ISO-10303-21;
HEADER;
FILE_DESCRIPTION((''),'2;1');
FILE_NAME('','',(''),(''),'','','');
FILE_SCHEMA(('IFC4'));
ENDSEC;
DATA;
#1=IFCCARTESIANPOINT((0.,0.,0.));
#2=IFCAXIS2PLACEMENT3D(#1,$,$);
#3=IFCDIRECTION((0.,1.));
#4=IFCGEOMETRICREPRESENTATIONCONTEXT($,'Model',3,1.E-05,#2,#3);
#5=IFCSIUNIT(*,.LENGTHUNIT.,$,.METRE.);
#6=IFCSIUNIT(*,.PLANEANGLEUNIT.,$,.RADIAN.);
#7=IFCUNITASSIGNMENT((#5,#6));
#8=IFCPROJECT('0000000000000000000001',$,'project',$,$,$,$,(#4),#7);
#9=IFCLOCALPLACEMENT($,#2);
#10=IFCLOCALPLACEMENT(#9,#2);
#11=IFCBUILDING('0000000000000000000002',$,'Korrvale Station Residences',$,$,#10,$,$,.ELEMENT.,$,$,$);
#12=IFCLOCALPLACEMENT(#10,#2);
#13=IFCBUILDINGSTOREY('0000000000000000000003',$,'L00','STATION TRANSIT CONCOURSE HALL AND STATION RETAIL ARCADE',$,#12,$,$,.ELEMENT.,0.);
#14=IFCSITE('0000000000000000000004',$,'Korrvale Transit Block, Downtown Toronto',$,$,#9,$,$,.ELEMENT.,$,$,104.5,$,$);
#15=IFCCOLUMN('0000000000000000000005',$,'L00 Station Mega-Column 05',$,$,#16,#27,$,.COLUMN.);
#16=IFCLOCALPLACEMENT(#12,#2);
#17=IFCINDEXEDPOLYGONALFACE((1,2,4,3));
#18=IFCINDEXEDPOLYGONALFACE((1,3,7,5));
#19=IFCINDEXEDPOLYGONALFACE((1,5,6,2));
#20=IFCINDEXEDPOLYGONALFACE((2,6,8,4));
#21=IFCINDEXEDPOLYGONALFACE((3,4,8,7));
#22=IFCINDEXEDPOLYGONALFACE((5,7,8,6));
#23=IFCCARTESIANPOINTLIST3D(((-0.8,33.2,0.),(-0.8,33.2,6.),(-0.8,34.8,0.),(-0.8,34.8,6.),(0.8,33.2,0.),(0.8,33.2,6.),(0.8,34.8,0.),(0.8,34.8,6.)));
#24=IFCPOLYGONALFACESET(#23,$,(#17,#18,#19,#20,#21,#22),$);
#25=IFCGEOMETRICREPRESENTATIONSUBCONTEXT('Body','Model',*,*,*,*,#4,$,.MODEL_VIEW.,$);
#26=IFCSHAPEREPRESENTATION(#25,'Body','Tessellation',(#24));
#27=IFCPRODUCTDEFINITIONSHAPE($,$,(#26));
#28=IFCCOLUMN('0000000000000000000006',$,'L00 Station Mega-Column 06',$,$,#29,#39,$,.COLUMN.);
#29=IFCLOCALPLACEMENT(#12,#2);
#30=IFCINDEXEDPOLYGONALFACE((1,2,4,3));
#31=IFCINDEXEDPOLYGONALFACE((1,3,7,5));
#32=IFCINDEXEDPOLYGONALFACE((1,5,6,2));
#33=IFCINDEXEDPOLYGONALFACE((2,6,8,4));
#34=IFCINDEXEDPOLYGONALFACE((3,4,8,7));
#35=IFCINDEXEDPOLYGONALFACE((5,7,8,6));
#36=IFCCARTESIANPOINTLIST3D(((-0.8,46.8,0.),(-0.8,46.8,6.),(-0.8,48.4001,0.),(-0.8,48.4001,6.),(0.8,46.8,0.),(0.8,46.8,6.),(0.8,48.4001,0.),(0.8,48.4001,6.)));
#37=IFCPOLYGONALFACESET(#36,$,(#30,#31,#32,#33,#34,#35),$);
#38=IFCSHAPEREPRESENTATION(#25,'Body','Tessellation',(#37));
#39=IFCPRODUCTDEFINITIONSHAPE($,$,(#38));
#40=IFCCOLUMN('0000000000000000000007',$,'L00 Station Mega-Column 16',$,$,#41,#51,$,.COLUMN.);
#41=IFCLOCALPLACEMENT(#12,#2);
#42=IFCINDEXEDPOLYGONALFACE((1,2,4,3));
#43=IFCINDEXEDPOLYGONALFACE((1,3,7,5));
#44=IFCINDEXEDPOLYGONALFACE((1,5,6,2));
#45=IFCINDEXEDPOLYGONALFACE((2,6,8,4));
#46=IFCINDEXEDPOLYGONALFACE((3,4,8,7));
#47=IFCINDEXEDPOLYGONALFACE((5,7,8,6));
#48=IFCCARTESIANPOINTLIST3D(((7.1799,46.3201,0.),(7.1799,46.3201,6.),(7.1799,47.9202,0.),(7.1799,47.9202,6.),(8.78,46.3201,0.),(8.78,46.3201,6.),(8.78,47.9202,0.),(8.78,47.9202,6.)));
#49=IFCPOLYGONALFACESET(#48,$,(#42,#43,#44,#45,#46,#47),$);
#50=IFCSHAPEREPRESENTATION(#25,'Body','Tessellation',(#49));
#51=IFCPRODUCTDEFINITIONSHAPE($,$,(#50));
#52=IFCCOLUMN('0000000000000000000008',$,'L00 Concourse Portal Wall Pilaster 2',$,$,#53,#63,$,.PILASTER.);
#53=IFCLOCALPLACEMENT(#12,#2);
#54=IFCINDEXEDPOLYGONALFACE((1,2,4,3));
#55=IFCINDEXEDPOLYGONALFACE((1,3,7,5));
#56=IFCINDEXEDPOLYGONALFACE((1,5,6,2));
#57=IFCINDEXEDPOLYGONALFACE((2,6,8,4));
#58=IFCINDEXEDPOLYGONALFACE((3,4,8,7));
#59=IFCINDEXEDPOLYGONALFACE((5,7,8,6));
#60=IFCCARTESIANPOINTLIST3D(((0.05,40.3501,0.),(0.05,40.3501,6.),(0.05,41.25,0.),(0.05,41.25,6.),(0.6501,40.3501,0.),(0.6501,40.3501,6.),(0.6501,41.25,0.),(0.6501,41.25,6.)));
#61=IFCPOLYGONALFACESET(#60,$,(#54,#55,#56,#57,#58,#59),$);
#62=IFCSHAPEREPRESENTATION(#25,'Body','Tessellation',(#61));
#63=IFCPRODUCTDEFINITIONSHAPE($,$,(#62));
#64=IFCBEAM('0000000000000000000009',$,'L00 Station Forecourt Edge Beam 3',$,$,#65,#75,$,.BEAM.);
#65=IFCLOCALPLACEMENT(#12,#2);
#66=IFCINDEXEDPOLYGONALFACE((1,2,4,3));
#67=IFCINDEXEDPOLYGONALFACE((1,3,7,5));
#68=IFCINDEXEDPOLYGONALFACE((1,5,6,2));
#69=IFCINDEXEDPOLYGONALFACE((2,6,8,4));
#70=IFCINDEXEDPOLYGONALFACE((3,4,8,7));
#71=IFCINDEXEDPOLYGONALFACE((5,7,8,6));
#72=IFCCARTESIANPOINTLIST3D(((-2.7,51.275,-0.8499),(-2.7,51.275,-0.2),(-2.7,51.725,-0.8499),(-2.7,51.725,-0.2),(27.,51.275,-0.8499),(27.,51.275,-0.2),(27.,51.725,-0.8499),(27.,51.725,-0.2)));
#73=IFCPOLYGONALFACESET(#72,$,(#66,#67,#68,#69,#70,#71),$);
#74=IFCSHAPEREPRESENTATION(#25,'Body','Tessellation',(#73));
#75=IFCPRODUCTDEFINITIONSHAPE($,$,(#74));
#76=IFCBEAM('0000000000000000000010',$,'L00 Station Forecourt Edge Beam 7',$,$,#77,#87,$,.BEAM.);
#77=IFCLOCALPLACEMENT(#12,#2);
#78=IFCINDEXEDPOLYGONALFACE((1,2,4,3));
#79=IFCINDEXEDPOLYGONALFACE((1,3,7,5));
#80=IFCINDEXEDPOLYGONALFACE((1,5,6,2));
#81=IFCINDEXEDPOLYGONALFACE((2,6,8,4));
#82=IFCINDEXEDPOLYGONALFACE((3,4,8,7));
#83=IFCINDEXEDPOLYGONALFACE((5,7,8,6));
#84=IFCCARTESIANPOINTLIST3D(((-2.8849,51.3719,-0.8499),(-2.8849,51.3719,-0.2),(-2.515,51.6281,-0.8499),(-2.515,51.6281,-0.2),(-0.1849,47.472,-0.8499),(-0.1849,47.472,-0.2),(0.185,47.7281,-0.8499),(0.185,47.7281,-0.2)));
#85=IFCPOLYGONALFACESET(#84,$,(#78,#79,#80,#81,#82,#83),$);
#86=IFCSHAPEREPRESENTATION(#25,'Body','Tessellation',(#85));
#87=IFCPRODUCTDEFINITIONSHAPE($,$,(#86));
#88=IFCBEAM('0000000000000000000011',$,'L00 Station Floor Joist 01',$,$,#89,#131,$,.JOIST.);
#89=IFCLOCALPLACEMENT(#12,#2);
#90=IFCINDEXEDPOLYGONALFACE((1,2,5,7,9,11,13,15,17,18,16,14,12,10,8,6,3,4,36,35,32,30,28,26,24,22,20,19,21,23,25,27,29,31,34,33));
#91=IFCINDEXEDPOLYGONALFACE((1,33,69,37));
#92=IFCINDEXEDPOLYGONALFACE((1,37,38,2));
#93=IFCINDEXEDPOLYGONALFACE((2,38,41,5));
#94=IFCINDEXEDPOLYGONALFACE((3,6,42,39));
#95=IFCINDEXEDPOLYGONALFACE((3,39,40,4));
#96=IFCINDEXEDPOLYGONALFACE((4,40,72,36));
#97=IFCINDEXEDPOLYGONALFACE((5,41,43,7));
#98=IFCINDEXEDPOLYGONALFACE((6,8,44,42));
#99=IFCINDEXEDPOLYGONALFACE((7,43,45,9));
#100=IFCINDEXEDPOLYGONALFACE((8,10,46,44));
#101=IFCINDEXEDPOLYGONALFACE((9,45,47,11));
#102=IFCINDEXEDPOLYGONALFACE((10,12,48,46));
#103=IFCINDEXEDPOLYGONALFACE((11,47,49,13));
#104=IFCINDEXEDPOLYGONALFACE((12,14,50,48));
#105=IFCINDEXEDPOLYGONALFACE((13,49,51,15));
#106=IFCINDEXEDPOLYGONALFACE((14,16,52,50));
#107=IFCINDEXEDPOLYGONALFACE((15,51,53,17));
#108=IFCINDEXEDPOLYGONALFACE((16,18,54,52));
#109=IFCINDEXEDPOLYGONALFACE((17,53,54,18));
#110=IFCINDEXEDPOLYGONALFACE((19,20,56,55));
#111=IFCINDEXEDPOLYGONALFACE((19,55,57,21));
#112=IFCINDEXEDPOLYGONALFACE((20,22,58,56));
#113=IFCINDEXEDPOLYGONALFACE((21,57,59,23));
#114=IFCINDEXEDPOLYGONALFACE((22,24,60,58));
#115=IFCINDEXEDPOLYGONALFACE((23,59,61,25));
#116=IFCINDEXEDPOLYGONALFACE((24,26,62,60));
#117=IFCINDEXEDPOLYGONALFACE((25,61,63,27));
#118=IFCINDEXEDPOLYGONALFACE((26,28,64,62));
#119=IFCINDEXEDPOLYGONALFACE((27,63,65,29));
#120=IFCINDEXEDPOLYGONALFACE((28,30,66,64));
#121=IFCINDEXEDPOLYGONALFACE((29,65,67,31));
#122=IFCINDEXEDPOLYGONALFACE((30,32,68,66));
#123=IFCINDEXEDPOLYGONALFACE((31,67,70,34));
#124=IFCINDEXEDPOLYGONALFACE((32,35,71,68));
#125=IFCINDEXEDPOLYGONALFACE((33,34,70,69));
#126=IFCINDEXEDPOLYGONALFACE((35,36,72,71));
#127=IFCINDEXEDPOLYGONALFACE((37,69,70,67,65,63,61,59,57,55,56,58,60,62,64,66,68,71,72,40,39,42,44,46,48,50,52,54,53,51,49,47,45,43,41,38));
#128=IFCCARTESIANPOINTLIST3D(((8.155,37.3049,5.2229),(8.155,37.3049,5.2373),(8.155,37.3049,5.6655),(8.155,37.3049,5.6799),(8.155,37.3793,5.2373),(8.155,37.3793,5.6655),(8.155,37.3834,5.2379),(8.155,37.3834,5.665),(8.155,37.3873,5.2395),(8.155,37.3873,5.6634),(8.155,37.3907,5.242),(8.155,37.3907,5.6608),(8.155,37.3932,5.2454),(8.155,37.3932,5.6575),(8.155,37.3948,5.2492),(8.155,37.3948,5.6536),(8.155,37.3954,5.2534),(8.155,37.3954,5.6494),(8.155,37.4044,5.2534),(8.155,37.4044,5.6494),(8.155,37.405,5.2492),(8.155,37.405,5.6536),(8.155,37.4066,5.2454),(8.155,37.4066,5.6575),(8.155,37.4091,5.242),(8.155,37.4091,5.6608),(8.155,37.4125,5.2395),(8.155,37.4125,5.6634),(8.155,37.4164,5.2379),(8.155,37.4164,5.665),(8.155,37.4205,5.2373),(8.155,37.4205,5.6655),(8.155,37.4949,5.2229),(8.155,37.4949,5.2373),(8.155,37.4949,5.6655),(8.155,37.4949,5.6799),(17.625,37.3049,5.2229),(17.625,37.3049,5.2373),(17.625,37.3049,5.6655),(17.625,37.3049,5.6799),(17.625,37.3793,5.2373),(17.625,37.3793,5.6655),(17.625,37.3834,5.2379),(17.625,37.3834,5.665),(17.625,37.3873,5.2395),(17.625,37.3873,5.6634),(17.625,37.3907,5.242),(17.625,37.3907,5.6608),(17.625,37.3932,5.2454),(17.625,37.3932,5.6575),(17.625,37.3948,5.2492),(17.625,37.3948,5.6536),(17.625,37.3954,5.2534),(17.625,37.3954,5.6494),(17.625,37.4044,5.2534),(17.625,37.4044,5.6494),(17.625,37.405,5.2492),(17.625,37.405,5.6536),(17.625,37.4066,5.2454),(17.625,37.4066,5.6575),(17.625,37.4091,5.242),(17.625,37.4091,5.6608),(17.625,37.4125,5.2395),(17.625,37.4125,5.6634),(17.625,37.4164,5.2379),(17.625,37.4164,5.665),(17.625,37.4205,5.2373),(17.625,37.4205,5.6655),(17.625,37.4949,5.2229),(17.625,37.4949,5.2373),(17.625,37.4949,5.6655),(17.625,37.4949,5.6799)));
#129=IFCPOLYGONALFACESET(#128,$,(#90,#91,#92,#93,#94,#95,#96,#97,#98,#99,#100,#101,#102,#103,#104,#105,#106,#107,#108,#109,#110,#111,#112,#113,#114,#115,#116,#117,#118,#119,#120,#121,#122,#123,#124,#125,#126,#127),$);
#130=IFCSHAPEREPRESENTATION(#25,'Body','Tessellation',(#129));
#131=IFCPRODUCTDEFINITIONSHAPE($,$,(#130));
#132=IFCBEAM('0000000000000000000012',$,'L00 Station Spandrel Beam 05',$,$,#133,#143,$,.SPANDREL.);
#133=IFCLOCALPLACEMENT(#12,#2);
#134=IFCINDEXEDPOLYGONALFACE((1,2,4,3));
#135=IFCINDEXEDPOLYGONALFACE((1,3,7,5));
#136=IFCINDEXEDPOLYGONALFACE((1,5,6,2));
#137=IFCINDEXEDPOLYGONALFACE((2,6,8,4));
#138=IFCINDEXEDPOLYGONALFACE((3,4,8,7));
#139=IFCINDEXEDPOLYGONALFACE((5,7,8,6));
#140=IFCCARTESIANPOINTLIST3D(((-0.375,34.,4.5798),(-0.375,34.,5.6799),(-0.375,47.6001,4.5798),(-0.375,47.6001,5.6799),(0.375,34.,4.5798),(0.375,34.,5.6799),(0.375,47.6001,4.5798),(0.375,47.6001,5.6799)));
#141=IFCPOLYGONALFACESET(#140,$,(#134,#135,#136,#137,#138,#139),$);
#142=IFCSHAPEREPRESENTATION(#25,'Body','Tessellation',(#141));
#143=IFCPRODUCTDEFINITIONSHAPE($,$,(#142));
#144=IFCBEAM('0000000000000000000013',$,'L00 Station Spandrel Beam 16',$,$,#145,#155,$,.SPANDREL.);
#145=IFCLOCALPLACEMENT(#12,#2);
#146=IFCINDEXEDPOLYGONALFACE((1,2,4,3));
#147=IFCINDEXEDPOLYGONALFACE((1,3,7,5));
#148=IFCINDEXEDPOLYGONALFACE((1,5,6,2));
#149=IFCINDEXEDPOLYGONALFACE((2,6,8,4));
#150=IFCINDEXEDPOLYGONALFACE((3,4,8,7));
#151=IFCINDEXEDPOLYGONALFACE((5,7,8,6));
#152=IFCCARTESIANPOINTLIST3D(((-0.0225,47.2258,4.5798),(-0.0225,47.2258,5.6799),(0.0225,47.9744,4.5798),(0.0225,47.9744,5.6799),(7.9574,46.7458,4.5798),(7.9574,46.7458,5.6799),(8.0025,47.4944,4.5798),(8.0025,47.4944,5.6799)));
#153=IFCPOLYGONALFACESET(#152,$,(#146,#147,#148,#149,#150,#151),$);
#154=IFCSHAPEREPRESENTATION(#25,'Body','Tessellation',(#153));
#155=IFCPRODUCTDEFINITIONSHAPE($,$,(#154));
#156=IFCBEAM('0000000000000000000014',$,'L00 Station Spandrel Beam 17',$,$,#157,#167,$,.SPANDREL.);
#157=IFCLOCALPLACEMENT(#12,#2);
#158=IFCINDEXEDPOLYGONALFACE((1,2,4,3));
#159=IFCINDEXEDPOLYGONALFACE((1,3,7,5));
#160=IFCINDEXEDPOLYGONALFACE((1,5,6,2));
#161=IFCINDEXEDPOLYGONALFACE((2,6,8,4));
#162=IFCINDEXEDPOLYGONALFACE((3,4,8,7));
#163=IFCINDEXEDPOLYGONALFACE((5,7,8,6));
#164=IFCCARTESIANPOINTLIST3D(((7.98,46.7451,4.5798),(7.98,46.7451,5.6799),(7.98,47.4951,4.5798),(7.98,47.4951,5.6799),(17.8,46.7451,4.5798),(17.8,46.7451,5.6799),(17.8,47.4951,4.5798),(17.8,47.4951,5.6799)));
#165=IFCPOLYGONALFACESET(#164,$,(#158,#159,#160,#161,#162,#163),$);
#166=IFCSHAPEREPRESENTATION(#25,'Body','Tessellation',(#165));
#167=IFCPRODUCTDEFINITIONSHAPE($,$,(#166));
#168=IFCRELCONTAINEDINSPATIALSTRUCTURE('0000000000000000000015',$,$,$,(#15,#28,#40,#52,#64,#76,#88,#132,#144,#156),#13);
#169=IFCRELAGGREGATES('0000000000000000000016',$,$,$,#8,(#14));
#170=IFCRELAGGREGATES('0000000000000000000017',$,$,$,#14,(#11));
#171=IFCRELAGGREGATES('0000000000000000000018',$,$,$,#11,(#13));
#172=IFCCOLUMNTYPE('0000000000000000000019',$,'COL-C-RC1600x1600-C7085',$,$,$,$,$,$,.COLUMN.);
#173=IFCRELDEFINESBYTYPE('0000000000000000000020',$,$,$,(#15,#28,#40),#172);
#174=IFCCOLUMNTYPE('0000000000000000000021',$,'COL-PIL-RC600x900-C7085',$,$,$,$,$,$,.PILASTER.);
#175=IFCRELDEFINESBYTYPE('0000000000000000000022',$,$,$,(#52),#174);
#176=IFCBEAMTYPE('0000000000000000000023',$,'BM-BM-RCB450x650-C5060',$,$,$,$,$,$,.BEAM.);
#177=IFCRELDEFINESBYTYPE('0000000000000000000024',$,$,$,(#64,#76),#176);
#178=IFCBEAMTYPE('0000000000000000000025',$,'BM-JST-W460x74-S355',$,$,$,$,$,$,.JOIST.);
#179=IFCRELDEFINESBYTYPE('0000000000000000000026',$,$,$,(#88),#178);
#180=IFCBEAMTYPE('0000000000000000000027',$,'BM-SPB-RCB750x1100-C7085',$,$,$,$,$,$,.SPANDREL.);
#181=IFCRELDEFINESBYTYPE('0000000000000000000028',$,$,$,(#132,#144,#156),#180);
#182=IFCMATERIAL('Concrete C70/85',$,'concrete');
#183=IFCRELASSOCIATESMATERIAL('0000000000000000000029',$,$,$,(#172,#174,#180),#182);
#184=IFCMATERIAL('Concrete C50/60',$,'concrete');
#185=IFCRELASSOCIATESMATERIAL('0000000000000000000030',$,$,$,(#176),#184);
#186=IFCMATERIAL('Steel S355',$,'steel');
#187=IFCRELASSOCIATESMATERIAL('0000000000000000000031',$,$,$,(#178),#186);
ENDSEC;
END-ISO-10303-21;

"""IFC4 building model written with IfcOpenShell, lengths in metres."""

from ifc_helpers import new_model, si_unit, direction, frame, origin, origin_2d, place, context, subcontext, project, spatial, rectangle, i_section, extrude, material, material_profile, profile_set, type_object, element, save


model = new_model("IFC4")

# Units and contexts
model_context = context("Model", 3, precision=1e-05, world=origin(), true_north=direction((0.0, 1.0)))
body_context = subcontext(model_context, "Body", "Model", "MODEL_VIEW")
ifc_project = project(units=[si_unit("LENGTHUNIT", "METRE"), si_unit("PLANEANGLEUNIT", "RADIAN")], contexts=[model_context])

# Site, building, storey
site_placement = place(None, origin())
site = spatial("IfcSite", under=ifc_project, at=site_placement, Name="Korrvale Transit Block, Downtown Toronto", CompositionType="ELEMENT", RefElevation=104.5)
building_placement = place(site_placement, origin())
building = spatial("IfcBuilding", under=site, at=building_placement, Name="Korrvale Station Residences", CompositionType="ELEMENT")
storey_placement = place(building_placement, origin())
storey = spatial("IfcBuildingStorey", under=building, at=storey_placement, Name="L00", Description="STATION TRANSIT CONCOURSE HALL AND STATION RETAIL ARCADE", CompositionType="ELEMENT", Elevation=0.0)

# Columns
ifc_material_1 = material(Name="Concrete C70/85", Category="concrete")
ifc_material_profile_1 = material_profile(ifc_material_1, rectangle(XDim=1.6001, YDim=1.6001, at=origin_2d()), Name="RC1600x1600")
ifc_profile_set_1 = profile_set([ifc_material_profile_1], Name="Concrete C70/85")
column_type_1 = type_object("IfcColumnType", Name="COL-C-RC1600x1600-C7085", PredefinedType="COLUMN", material=ifc_profile_set_1)
for number, where, z_axis, x_axis, name in (
    (1, (0.0, 34.0, 0.0), (0.0, 0.0, 1.0), (1.0, 0.0, 0.0), "L00 Station Mega-Column 05"),
    (2, (0.0, 47.6001, 0.0), (0.0, 0.0, 1.0), (1.0, 0.0, 0.0), "L00 Station Mega-Column 06"),
    (3, (7.98, 47.1201, 0.0), (0.0, 0.0, 1.0), (1.0, 0.0, 0.0), "L00 Station Mega-Column 16"),
):
    element("IfcColumn", number, at=place(storey_placement, frame(where, z_axis=z_axis, x_axis=x_axis)), inside=storey, type_object=column_type_1, Name=name, PredefinedType="COLUMN", context=body_context, shape_type="SweptSolid", body=[
        extrude(rectangle(XDim=1.6001, YDim=1.6001, at=origin_2d()), origin(), (0.0, 0.0, 1.0), 6.0),
    ])
ifc_material_profile_2 = material_profile(ifc_material_1, rectangle(XDim=0.6001, YDim=0.8999, at=origin_2d()), Name="RC600x900")
ifc_profile_set_2 = profile_set([ifc_material_profile_2], Name="Concrete C70/85")
column_type_2 = type_object("IfcColumnType", Name="COL-PIL-RC600x900-C7085", PredefinedType="PILASTER", material=ifc_profile_set_2)
column_placement = place(storey_placement, frame((0.3501, 40.8, 0.0), z_axis=(0.0, 0.0, 1.0), x_axis=(1.0, 0.0, 0.0)))
element("IfcColumn", 4, at=column_placement, inside=storey, type_object=column_type_2, Name="L00 Concourse Portal Wall Pilaster 2", PredefinedType="PILASTER", context=body_context, shape_type="SweptSolid", body=[
    extrude(rectangle(XDim=0.6001, YDim=0.8999, at=origin_2d()), origin(), (0.0, 0.0, 1.0), 6.0),
])

# Beams
ifc_material_2 = material(Name="Concrete C50/60", Category="concrete")
ifc_material_profile_3 = material_profile(ifc_material_2, rectangle(XDim=0.45, YDim=0.6499, at=origin_2d()), Name="RCB450x650")
ifc_profile_set_3 = profile_set([ifc_material_profile_3], Name="Concrete C50/60")
beam_type_1 = type_object("IfcBeamType", Name="BM-BM-RCB450x650-C5060", PredefinedType="BEAM", material=ifc_profile_set_3)
beam_1_placement = place(storey_placement, frame((-2.7, 51.5, -0.5249), z_axis=(1.0, 0.0, 0.0), x_axis=(0.0, 1.0, 0.0)))
element("IfcBeam", 5, at=beam_1_placement, inside=storey, type_object=beam_type_1, Name="L00 Station Forecourt Edge Beam 3", PredefinedType="BEAM", context=body_context, shape_type="SweptSolid", body=[
    extrude(rectangle(XDim=0.45, YDim=0.6499, at=origin_2d()), origin(), (0.0, 0.0, 1.0), 29.7),
])
beam_2_placement = place(storey_placement, frame((-2.7, 51.5, -0.5249), z_axis=(0.569213, -0.82219, 0.0), x_axis=(0.82219, 0.569213, 0.0)))
element("IfcBeam", 6, at=beam_2_placement, inside=storey, type_object=beam_type_1, Name="L00 Station Forecourt Edge Beam 7", PredefinedType="BEAM", context=body_context, shape_type="SweptSolid", body=[
    extrude(rectangle(XDim=0.45, YDim=0.6499, at=origin_2d()), origin(), (0.0, 0.0, 1.0), 4.7434),
])
ifc_material_3 = material(Name="Steel S355", Category="steel")
ifc_material_profile_4 = material_profile(ifc_material_3, i_section(OverallWidth=0.1899, OverallDepth=0.457, WebThickness=0.009, FlangeThickness=0.0144, FilletRadius=0.0161, at=origin_2d()), Name="W460x74")
ifc_profile_set_4 = profile_set([ifc_material_profile_4], Name="Steel S355")
beam_type_2 = type_object("IfcBeamType", Name="BM-JST-W460x74-S355", PredefinedType="JOIST", material=ifc_profile_set_4)
beam_3_placement = place(storey_placement, frame((8.155, 37.3999, 5.4514), z_axis=(1.0, 0.0, 0.0), x_axis=(0.0, 1.0, 0.0)))
element("IfcBeam", 7, at=beam_3_placement, inside=storey, type_object=beam_type_2, Name="L00 Station Floor Joist 01", PredefinedType="JOIST", context=body_context, shape_type="SweptSolid", body=[
    extrude(i_section(OverallWidth=0.1899, OverallDepth=0.457, WebThickness=0.009, FlangeThickness=0.0144, FilletRadius=0.0161, at=origin_2d()), origin(), (0.0, 0.0, 1.0), 9.47),
])
ifc_material_profile_5 = material_profile(ifc_material_1, rectangle(XDim=0.75, YDim=1.1001, at=origin_2d()), Name="RCB750x1100")
ifc_profile_set_5 = profile_set([ifc_material_profile_5], Name="Concrete C70/85")
beam_type_3 = type_object("IfcBeamType", Name="BM-SPB-RCB750x1100-C7085", PredefinedType="SPANDREL", material=ifc_profile_set_5)
beam_4_placement = place(storey_placement, frame((0.0, 34.0, 5.1299), z_axis=(0.0, 1.0, 0.0), x_axis=(-1.0, 0.0, 0.0)))
element("IfcBeam", 8, at=beam_4_placement, inside=storey, type_object=beam_type_3, Name="L00 Station Spandrel Beam 05", PredefinedType="SPANDREL", context=body_context, shape_type="SweptSolid", body=[
    extrude(rectangle(XDim=0.75, YDim=1.1001, at=origin_2d()), origin(), (0.0, 0.0, 1.0), 13.6001),
])
beam_5_placement = place(storey_placement, frame((0.0, 47.6001, 5.1299), z_axis=(0.998196, -0.06004, 0.0), x_axis=(0.06004, 0.998196, 0.0)))
element("IfcBeam", 9, at=beam_5_placement, inside=storey, type_object=beam_type_3, Name="L00 Station Spandrel Beam 16", PredefinedType="SPANDREL", context=body_context, shape_type="SweptSolid", body=[
    extrude(rectangle(XDim=0.75, YDim=1.1001, at=origin_2d()), origin(), (0.0, 0.0, 1.0), 7.9944),
])
beam_6_placement = place(storey_placement, frame((7.98, 47.1201, 5.1299), z_axis=(1.0, 0.0, 0.0), x_axis=(0.0, 1.0, 0.0)))
element("IfcBeam", 10, at=beam_6_placement, inside=storey, type_object=beam_type_3, Name="L00 Station Spandrel Beam 17", PredefinedType="SPANDREL", context=body_context, shape_type="SweptSolid", body=[
    extrude(rectangle(XDim=0.75, YDim=1.1001, at=origin_2d()), origin(), (0.0, 0.0, 1.0), 9.8201),
])

save(model, "model.ifc")
